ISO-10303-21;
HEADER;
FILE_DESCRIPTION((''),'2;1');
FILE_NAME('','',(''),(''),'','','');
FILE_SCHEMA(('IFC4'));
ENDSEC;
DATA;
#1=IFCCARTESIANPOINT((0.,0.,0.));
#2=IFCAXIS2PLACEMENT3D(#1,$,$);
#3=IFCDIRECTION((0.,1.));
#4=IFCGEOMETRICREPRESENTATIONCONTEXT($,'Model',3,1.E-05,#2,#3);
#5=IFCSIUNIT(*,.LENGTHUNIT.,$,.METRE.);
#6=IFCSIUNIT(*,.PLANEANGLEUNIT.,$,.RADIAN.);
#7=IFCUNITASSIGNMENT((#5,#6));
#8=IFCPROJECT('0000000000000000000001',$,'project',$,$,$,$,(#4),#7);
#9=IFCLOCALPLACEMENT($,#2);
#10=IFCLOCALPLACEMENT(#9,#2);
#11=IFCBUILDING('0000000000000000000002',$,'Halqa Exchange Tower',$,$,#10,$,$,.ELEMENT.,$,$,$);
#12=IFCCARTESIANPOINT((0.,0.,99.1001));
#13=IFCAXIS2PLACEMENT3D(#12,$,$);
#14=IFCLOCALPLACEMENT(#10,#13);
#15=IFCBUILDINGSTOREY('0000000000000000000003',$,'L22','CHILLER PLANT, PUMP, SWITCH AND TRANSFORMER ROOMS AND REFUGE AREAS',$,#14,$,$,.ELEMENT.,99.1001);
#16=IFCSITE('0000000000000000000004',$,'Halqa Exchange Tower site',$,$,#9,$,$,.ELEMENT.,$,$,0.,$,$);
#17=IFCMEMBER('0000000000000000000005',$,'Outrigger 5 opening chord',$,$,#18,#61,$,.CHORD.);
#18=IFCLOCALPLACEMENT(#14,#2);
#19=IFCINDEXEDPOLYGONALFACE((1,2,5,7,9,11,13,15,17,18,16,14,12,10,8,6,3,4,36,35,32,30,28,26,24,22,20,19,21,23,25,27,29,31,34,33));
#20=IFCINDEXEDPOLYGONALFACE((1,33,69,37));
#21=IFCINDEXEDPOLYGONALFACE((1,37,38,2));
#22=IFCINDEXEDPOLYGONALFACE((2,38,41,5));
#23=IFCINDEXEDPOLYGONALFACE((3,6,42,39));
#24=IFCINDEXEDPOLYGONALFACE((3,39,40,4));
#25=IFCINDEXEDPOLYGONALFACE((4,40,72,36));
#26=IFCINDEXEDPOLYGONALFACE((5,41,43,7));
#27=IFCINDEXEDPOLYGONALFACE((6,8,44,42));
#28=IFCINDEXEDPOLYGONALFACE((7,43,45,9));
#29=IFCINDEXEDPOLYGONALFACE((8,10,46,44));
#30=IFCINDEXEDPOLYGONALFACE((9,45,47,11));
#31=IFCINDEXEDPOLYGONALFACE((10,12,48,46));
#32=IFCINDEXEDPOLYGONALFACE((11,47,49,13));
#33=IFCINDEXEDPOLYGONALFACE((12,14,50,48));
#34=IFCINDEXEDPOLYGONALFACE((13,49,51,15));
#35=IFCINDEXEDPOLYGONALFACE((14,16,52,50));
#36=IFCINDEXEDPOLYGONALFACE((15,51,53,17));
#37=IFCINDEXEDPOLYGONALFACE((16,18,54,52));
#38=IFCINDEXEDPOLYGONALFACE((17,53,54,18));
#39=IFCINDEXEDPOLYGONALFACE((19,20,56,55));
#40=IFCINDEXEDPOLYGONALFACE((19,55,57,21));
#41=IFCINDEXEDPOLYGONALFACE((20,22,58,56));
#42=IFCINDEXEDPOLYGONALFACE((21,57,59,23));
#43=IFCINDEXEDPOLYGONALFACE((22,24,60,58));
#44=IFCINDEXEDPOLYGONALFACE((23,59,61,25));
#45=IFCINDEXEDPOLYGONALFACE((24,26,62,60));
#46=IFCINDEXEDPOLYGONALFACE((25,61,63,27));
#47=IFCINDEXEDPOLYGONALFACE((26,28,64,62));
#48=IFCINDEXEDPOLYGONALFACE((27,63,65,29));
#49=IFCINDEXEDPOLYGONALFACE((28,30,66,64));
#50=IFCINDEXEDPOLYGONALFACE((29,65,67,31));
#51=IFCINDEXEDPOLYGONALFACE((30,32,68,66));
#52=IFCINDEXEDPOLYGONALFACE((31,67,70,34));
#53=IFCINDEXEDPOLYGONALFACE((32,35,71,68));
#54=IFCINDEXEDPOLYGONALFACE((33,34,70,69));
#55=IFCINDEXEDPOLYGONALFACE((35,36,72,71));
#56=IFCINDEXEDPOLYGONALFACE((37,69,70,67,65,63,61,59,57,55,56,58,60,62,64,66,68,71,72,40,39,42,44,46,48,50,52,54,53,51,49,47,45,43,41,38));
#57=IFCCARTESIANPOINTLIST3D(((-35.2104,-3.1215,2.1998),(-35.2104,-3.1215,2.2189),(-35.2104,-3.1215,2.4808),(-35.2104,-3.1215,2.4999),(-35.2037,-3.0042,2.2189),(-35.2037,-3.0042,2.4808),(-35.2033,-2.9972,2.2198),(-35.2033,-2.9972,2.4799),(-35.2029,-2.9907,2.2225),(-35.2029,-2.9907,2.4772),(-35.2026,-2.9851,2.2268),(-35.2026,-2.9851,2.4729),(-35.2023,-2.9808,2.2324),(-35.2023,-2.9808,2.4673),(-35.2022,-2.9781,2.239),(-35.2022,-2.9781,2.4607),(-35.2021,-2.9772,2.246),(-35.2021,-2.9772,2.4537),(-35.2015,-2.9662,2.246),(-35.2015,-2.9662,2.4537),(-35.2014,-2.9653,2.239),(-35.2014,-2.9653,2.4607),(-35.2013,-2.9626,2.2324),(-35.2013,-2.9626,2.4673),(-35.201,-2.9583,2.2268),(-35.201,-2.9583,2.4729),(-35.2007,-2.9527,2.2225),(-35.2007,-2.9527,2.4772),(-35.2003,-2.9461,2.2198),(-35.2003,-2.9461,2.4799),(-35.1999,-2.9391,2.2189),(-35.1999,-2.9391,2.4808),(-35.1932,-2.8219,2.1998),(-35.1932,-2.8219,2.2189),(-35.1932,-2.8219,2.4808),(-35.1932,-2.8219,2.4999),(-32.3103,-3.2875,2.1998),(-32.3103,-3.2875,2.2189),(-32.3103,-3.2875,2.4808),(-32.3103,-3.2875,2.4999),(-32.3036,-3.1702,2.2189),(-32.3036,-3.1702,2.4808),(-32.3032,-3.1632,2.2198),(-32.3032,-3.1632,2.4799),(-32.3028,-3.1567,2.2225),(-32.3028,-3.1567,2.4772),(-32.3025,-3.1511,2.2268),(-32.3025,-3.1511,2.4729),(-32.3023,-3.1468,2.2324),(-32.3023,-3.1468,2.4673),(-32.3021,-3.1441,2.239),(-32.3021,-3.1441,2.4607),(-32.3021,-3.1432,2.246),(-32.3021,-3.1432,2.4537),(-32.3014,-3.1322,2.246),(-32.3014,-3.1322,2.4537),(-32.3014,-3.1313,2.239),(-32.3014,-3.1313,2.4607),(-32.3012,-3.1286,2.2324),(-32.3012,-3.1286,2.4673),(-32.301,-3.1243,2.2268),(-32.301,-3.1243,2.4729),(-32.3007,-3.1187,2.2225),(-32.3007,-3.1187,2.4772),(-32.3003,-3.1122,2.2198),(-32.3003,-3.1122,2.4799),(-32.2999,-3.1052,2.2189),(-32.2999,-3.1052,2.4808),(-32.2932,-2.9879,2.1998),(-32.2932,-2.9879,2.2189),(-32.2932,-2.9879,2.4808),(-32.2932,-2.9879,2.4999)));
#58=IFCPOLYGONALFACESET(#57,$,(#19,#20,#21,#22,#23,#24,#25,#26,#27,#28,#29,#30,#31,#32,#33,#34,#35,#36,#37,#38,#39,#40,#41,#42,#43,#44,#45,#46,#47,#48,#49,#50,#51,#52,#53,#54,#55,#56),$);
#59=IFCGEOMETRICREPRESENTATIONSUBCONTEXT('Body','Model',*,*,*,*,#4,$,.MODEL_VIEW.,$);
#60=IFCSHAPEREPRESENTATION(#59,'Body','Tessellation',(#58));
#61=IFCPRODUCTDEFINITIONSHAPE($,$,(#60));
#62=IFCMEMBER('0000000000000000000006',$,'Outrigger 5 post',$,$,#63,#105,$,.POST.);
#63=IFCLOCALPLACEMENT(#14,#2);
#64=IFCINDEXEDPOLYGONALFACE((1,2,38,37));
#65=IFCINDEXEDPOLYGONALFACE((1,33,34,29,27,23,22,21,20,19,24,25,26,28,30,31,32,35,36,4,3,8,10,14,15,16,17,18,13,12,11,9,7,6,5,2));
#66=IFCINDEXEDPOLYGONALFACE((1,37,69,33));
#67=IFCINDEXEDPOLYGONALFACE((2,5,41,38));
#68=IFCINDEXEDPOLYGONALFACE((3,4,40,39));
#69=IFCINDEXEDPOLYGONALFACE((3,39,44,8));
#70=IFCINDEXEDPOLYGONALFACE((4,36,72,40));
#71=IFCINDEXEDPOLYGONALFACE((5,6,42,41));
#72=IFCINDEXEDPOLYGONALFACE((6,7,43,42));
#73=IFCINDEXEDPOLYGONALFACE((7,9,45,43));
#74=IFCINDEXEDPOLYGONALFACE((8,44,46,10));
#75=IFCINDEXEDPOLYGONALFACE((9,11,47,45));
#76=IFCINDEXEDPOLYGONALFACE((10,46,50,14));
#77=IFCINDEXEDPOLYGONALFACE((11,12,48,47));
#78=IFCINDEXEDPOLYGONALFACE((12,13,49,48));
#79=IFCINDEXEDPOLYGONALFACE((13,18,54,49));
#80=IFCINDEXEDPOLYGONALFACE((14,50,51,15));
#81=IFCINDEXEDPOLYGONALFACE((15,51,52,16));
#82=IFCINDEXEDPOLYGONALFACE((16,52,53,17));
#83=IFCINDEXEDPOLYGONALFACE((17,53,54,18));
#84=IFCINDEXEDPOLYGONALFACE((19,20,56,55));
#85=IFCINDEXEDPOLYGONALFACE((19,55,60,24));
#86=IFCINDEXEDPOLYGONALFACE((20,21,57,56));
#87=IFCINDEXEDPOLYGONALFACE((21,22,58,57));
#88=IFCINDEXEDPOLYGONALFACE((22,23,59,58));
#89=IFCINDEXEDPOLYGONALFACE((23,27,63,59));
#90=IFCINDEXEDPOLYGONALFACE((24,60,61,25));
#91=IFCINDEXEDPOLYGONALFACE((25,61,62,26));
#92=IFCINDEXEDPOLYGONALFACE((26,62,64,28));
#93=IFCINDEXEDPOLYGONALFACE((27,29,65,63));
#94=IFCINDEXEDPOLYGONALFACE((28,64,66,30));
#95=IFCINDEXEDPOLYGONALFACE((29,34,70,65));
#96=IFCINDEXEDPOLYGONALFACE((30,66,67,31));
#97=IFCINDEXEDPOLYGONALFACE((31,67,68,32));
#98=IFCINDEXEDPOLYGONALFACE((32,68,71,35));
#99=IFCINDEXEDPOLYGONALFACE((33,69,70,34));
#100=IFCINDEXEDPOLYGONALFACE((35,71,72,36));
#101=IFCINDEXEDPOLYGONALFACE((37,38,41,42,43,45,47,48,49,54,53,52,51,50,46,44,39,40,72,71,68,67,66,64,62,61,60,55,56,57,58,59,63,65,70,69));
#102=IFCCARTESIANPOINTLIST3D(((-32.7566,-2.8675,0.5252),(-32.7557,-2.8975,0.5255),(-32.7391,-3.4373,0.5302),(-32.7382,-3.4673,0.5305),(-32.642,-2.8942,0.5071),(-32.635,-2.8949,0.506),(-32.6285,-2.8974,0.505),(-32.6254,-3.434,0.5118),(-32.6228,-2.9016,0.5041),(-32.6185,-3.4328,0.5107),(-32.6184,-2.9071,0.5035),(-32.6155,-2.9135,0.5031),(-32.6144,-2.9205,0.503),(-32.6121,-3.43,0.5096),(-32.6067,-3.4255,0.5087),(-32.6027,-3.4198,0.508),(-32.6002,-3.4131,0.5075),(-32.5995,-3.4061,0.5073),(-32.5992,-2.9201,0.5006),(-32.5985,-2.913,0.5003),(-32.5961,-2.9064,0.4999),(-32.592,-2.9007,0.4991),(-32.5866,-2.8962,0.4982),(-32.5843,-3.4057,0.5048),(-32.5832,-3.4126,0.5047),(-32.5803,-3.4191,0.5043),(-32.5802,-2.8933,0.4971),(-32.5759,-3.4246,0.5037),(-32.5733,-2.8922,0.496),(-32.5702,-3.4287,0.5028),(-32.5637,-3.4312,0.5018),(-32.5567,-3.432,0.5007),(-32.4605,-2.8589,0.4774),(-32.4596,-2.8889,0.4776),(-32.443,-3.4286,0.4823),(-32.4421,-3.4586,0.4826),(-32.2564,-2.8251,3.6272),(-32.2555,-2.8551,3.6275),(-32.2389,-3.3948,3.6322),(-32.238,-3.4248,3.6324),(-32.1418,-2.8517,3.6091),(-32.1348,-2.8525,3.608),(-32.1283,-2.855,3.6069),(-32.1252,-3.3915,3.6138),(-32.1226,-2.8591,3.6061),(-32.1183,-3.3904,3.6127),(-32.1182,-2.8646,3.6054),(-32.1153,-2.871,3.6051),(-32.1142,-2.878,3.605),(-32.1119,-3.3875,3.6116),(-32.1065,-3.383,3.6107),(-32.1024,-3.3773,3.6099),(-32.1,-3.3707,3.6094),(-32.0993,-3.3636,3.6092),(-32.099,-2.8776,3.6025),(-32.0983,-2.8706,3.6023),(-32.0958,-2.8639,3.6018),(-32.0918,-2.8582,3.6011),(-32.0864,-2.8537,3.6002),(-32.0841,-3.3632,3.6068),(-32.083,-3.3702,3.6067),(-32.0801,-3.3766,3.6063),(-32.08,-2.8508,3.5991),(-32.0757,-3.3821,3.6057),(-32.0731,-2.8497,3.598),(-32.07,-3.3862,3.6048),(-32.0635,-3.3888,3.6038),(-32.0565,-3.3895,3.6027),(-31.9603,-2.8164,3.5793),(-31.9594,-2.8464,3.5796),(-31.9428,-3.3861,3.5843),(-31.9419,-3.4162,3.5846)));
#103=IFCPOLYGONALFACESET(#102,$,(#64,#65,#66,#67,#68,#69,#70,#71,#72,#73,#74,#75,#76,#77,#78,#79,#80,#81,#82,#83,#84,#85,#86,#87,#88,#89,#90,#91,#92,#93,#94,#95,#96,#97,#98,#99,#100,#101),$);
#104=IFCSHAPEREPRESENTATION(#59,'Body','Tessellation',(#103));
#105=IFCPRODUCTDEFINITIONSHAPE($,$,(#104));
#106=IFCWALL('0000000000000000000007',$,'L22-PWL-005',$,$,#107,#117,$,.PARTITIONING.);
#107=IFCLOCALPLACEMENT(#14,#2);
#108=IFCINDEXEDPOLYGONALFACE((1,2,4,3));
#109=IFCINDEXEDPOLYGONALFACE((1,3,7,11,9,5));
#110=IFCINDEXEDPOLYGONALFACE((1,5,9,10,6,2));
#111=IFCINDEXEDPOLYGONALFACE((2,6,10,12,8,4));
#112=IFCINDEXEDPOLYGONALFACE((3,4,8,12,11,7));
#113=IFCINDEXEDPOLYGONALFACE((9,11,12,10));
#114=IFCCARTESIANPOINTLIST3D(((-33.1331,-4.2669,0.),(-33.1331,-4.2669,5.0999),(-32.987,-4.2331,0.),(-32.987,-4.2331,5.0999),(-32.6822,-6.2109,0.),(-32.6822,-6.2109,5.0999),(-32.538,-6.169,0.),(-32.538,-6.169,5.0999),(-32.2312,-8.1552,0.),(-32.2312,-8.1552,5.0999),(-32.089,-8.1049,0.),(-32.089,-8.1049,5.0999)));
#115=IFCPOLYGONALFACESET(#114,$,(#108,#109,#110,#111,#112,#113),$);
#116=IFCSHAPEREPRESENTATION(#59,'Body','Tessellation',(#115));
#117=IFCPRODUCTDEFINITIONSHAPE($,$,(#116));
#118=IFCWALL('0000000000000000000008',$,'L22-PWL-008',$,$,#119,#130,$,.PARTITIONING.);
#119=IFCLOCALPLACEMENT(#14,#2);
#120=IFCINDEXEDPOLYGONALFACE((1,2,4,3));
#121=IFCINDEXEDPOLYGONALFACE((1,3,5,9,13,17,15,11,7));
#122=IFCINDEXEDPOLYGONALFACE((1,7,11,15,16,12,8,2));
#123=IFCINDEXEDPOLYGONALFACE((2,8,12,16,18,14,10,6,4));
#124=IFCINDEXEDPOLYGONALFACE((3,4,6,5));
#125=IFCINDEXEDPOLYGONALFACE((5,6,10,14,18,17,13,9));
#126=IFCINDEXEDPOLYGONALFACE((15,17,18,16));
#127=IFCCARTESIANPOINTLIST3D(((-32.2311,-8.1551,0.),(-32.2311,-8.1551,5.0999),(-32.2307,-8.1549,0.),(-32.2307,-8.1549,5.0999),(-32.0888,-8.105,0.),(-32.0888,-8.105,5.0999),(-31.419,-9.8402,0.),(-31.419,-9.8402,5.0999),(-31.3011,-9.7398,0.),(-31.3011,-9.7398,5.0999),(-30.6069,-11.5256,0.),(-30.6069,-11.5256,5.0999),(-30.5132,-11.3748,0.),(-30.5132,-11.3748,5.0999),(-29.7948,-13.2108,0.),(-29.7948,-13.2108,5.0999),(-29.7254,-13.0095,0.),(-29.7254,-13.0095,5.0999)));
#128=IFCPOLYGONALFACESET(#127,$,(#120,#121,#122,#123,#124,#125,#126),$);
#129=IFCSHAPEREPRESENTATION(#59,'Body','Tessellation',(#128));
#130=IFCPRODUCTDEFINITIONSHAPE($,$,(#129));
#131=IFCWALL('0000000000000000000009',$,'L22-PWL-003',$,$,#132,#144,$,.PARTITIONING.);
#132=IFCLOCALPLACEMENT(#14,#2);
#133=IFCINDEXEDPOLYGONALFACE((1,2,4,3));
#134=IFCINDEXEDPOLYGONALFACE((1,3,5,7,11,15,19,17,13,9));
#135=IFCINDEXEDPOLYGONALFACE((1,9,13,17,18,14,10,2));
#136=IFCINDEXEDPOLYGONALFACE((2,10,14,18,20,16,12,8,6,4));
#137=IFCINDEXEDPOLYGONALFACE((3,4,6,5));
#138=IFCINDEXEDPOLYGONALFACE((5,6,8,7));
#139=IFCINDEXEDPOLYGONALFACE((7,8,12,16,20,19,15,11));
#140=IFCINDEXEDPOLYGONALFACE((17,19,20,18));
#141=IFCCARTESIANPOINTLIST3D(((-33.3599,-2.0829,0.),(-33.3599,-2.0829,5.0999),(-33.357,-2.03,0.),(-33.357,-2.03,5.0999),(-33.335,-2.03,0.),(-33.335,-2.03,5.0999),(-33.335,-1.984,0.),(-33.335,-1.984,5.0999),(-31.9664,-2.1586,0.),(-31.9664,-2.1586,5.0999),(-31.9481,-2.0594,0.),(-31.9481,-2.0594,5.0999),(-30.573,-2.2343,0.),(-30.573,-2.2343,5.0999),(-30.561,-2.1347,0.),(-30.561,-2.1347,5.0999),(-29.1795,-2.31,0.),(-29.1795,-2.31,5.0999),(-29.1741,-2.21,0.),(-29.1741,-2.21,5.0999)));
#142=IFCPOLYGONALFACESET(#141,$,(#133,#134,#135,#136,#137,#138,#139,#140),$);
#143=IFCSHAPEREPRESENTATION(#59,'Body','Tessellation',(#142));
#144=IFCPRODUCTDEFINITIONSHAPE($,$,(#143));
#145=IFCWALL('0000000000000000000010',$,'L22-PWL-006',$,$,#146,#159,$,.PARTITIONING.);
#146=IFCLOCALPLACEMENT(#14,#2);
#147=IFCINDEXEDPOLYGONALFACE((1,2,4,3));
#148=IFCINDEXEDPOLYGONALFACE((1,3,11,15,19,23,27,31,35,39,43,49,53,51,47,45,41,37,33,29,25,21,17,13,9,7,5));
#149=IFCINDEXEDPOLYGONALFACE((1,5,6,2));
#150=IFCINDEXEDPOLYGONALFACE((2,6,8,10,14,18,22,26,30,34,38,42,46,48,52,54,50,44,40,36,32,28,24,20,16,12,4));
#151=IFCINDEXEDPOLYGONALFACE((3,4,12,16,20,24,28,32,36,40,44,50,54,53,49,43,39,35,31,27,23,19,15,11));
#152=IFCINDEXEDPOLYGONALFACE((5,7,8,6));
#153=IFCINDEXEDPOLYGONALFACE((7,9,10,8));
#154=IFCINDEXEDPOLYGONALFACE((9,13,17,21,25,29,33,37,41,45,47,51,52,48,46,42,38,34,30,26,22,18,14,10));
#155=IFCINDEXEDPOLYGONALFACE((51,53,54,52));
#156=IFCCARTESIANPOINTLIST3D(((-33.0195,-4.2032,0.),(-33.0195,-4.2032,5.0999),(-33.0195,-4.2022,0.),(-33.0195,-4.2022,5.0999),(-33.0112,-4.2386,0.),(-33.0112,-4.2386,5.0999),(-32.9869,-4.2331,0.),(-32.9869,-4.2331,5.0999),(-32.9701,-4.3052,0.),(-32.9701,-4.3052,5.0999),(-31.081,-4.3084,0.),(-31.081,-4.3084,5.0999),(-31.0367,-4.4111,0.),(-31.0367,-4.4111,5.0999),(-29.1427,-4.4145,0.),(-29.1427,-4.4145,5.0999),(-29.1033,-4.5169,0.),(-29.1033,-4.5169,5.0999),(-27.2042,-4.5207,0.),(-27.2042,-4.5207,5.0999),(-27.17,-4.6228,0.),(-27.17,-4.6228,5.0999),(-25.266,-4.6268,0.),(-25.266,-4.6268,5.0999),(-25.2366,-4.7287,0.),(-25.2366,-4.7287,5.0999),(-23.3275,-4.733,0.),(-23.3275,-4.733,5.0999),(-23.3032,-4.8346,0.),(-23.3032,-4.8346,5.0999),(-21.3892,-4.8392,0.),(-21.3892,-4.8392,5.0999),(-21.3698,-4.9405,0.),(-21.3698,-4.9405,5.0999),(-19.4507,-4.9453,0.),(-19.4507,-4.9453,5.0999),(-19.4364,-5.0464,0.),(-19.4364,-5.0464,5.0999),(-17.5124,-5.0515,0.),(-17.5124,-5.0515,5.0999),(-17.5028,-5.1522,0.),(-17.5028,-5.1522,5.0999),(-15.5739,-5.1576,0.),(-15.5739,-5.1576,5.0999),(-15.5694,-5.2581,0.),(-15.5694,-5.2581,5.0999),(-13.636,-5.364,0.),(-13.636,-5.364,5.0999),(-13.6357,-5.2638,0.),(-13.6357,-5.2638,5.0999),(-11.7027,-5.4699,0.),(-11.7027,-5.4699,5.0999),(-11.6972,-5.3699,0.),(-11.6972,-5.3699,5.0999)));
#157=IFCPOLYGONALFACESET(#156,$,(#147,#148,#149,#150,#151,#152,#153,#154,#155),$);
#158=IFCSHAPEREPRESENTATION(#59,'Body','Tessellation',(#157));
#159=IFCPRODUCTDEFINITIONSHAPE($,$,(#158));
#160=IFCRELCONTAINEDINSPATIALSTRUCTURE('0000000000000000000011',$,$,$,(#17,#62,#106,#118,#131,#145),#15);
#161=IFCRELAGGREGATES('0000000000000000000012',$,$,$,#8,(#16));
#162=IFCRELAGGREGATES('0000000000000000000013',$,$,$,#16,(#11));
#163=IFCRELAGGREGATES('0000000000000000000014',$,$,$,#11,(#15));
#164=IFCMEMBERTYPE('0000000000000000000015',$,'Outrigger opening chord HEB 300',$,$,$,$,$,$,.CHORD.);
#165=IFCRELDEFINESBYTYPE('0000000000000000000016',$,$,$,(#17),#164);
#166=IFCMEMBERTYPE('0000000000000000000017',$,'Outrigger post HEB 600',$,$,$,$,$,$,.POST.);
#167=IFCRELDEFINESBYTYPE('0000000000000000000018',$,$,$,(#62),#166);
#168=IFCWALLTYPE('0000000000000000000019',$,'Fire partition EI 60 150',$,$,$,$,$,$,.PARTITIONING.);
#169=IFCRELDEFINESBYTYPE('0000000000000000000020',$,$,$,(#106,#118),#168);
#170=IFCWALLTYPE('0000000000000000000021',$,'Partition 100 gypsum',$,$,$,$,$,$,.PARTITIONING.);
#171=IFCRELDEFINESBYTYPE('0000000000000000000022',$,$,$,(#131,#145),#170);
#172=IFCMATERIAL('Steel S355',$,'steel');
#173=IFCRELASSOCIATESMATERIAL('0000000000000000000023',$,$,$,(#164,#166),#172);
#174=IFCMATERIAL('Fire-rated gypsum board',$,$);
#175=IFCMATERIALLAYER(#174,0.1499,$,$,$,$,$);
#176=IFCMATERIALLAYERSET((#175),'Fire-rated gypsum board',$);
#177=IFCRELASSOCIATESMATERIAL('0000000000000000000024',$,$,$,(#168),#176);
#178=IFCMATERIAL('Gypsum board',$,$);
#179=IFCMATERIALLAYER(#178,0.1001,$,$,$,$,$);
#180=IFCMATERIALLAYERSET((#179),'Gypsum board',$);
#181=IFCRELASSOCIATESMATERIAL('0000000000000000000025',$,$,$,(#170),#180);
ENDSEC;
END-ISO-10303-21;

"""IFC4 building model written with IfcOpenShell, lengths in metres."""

from ifc_helpers import new_model, si_unit, direction, frame, origin, origin_2d, place, context, subcontext, project, spatial, polyline, i_section, outline, extrude, material, layer, layer_set, material_profile, profile_set, type_object, element, save


model = new_model("IFC4")

# Units and contexts
model_context = context("Model", 3, precision=1e-05, world=origin(), true_north=direction((0.0, 1.0)))
body_context = subcontext(model_context, "Body", "Model", "MODEL_VIEW")
ifc_project = project(units=[si_unit("LENGTHUNIT", "METRE"), si_unit("PLANEANGLEUNIT", "RADIAN")], contexts=[model_context])

# Site, building, storey
site_placement = place(None, origin())
site = spatial("IfcSite", under=ifc_project, at=site_placement, Name="Halqa Exchange Tower site", CompositionType="ELEMENT", RefElevation=0.0)
building_placement = place(site_placement, origin())
building = spatial("IfcBuilding", under=site, at=building_placement, Name="Halqa Exchange Tower", CompositionType="ELEMENT")
storey_placement = place(building_placement, frame((0.0, 0.0, 99.1001)))
storey = spatial("IfcBuildingStorey", under=building, at=storey_placement, Name="L22", Description="CHILLER PLANT, PUMP, SWITCH AND TRANSFORMER ROOMS AND REFUGE AREAS", CompositionType="ELEMENT", Elevation=99.1001)

# Members
ifc_material_1 = material(Name="Steel S355", Category="steel")
ifc_material_profile_1 = material_profile(ifc_material_1, i_section(OverallWidth=0.3, OverallDepth=0.3, WebThickness=0.011, FlangeThickness=0.019, FilletRadius=0.0271, at=origin_2d()), Name="HEB 300")
ifc_profile_set_1 = profile_set([ifc_material_profile_1], Name="Steel S355")
member_type_1 = type_object("IfcMemberType", Name="Outrigger opening chord HEB 300", PredefinedType="CHORD", material=ifc_profile_set_1)
member_1_placement = place(storey_placement, frame((-32.3018, -3.1377, 2.3499), z_axis=(-0.998366, 0.05715, 0.0), x_axis=(-0.05715, -0.998366, 0.0)))
element("IfcMember", 1, at=member_1_placement, inside=storey, type_object=member_type_1, Name="Outrigger 5 opening chord", PredefinedType="CHORD", context=body_context, shape_type="SweptSolid", body=[
    extrude(i_section(OverallWidth=0.3, OverallDepth=0.3, WebThickness=0.011, FlangeThickness=0.019, FilletRadius=0.0271, at=origin_2d()), origin(), (0.0, 0.0, 1.0), 2.9048),
])
ifc_material_profile_2 = material_profile(ifc_material_1, i_section(OverallWidth=0.3, OverallDepth=0.6001, WebThickness=0.0154, FlangeThickness=0.03, FilletRadius=0.0271, at=origin_2d()), Name="HEB 600")
ifc_profile_set_2 = profile_set([ifc_material_profile_2], Name="Steel S355")
member_type_2 = type_object("IfcMemberType", Name="Outrigger post HEB 600", PredefinedType="POST", material=ifc_profile_set_2)
member_2_placement = place(storey_placement, frame((-32.5994, -3.1631, 0.5039), z_axis=(0.159191, 0.013518, 0.987155), x_axis=(0.98677, 0.028928, -0.159525)))
element("IfcMember", 2, at=member_2_placement, inside=storey, type_object=member_type_2, Name="Outrigger 5 post", PredefinedType="POST", context=body_context, shape_type="SweptSolid", body=[
    extrude(i_section(OverallWidth=0.3, OverallDepth=0.6001, WebThickness=0.0154, FlangeThickness=0.03, FilletRadius=0.0271, at=origin_2d()), origin(), (0.0, 0.0, 1.0), 3.1423),
])

# Walls
ifc_material_2 = material(Name="Fire-rated gypsum board")
ifc_layer_1 = layer(ifc_material_2, 0.1499)
ifc_layer_set_1 = layer_set([ifc_layer_1], Name="Fire-rated gypsum board")
wall_type_1 = type_object("IfcWallType", Name="Fire partition EI 60 150", PredefinedType="PARTITIONING", material=ifc_layer_set_1)
wall_1_placement = place(storey_placement, frame((-33.0601, -4.25, 0.0), z_axis=(0.0, 0.0, 1.0), x_axis=(0.225949, -0.974139, 0.0)))
element("IfcWall", 3, at=wall_1_placement, inside=storey, type_object=wall_type_1, Name="L22-PWL-005", PredefinedType="PARTITIONING", context=body_context, shape_type="SweptSolid", body=[
    extrude(outline(polyline([(0.0, -0.075), (1.9956, -0.075), (3.9915, -0.075), (3.9746, 0.075), (1.9873, 0.075), (0.0, 0.075), (0.0, -0.075)])), origin(), (0.0, 0.0, 1.0), 5.0999),
])
wall_2_placement = place(storey_placement, frame((-32.1636, -8.1226, 0.0), z_axis=(0.0, 0.0, 1.0), x_axis=(0.434115, -0.900857, 0.0)))
element("IfcWall", 4, at=wall_2_placement, inside=storey, type_object=wall_type_1, Name="L22-PWL-008", PredefinedType="PARTITIONING", context=body_context, shape_type="SweptSolid", body=[
    extrude(outline(polyline([(5.6121, -0.075), (5.6121, -0.075), (5.4609, 0.075), (3.6462, 0.075), (1.8313, 0.075), (0.0166, 0.075), (0.0, -0.0745), (0.0, -0.075), (1.8706, -0.075), (3.7415, -0.075), (5.6121, -0.075)])), origin(), (0.0, 0.0, 1.0), 5.0999),
])

# Walls
ifc_material_3 = material(Name="Gypsum board")
ifc_layer_2 = layer(ifc_material_3, 0.1001)
ifc_layer_set_2 = layer_set([ifc_layer_2], Name="Gypsum board")
wall_type_2 = type_object("IfcWallType", Name="Partition 100 gypsum", PredefinedType="PARTITIONING", material=ifc_layer_set_2)
wall_3_placement = place(storey_placement, frame((-33.3572, -2.033, 0.0), z_axis=(0.0, 0.0, 1.0), x_axis=(0.998528, -0.054233, 0.0)))
element("IfcWall", 5, at=wall_3_placement, inside=storey, type_object=wall_type_2, Name="L22-PWL-003", PredefinedType="PARTITIONING", context=body_context, shape_type="SweptSolid", body=[
    extrude(outline(polyline([(4.1865, 0.05), (2.7976, 0.05), (1.4084, 0.05), (0.0195, 0.05), (0.022, 0.0042), (0.0, 0.0029), (0.0, -0.05), (1.3955, -0.05), (2.791, -0.05), (4.1865, -0.05), (4.1865, 0.05)])), origin(), (0.0, 0.0, 1.0), 5.0999),
])
wall_4_placement = place(storey_placement, frame((-33.0222, -4.2522, 0.0), z_axis=(0.0, 0.0, 1.0), x_axis=(0.998504, -0.054684, 0.0)))
element("IfcWall", 6, at=wall_4_placement, inside=storey, type_object=wall_type_2, Name="L22-PWL-006", PredefinedType="PARTITIONING", context=body_context, shape_type="SweptSolid", body=[
    extrude(outline(polyline([(0.0, 0.05), (0.0, 0.0491), (0.0103, 0.0142), (0.0342, 0.021), (0.0549, -0.05), (1.9912, -0.05), (3.9275, -0.05), (5.8638, -0.05), (7.8, -0.05), (9.7363, -0.05), (11.6726, -0.05), (13.6089, -0.05), (15.5454, -0.05), (17.4817, -0.05), (19.418, -0.05), (21.3542, -0.05), (21.3542, 0.05), (19.4128, 0.05), (17.4717, 0.05), (15.5303, 0.05), (13.5891, 0.05), (11.6477, 0.05), (9.7065, 0.05), (7.7651, 0.05), (5.824, 0.05), (3.8826, 0.05), (1.9414, 0.05), (0.0, 0.05)])), origin(), (0.0, 0.0, 1.0), 5.0999),
])

save(model, "model.ifc")
